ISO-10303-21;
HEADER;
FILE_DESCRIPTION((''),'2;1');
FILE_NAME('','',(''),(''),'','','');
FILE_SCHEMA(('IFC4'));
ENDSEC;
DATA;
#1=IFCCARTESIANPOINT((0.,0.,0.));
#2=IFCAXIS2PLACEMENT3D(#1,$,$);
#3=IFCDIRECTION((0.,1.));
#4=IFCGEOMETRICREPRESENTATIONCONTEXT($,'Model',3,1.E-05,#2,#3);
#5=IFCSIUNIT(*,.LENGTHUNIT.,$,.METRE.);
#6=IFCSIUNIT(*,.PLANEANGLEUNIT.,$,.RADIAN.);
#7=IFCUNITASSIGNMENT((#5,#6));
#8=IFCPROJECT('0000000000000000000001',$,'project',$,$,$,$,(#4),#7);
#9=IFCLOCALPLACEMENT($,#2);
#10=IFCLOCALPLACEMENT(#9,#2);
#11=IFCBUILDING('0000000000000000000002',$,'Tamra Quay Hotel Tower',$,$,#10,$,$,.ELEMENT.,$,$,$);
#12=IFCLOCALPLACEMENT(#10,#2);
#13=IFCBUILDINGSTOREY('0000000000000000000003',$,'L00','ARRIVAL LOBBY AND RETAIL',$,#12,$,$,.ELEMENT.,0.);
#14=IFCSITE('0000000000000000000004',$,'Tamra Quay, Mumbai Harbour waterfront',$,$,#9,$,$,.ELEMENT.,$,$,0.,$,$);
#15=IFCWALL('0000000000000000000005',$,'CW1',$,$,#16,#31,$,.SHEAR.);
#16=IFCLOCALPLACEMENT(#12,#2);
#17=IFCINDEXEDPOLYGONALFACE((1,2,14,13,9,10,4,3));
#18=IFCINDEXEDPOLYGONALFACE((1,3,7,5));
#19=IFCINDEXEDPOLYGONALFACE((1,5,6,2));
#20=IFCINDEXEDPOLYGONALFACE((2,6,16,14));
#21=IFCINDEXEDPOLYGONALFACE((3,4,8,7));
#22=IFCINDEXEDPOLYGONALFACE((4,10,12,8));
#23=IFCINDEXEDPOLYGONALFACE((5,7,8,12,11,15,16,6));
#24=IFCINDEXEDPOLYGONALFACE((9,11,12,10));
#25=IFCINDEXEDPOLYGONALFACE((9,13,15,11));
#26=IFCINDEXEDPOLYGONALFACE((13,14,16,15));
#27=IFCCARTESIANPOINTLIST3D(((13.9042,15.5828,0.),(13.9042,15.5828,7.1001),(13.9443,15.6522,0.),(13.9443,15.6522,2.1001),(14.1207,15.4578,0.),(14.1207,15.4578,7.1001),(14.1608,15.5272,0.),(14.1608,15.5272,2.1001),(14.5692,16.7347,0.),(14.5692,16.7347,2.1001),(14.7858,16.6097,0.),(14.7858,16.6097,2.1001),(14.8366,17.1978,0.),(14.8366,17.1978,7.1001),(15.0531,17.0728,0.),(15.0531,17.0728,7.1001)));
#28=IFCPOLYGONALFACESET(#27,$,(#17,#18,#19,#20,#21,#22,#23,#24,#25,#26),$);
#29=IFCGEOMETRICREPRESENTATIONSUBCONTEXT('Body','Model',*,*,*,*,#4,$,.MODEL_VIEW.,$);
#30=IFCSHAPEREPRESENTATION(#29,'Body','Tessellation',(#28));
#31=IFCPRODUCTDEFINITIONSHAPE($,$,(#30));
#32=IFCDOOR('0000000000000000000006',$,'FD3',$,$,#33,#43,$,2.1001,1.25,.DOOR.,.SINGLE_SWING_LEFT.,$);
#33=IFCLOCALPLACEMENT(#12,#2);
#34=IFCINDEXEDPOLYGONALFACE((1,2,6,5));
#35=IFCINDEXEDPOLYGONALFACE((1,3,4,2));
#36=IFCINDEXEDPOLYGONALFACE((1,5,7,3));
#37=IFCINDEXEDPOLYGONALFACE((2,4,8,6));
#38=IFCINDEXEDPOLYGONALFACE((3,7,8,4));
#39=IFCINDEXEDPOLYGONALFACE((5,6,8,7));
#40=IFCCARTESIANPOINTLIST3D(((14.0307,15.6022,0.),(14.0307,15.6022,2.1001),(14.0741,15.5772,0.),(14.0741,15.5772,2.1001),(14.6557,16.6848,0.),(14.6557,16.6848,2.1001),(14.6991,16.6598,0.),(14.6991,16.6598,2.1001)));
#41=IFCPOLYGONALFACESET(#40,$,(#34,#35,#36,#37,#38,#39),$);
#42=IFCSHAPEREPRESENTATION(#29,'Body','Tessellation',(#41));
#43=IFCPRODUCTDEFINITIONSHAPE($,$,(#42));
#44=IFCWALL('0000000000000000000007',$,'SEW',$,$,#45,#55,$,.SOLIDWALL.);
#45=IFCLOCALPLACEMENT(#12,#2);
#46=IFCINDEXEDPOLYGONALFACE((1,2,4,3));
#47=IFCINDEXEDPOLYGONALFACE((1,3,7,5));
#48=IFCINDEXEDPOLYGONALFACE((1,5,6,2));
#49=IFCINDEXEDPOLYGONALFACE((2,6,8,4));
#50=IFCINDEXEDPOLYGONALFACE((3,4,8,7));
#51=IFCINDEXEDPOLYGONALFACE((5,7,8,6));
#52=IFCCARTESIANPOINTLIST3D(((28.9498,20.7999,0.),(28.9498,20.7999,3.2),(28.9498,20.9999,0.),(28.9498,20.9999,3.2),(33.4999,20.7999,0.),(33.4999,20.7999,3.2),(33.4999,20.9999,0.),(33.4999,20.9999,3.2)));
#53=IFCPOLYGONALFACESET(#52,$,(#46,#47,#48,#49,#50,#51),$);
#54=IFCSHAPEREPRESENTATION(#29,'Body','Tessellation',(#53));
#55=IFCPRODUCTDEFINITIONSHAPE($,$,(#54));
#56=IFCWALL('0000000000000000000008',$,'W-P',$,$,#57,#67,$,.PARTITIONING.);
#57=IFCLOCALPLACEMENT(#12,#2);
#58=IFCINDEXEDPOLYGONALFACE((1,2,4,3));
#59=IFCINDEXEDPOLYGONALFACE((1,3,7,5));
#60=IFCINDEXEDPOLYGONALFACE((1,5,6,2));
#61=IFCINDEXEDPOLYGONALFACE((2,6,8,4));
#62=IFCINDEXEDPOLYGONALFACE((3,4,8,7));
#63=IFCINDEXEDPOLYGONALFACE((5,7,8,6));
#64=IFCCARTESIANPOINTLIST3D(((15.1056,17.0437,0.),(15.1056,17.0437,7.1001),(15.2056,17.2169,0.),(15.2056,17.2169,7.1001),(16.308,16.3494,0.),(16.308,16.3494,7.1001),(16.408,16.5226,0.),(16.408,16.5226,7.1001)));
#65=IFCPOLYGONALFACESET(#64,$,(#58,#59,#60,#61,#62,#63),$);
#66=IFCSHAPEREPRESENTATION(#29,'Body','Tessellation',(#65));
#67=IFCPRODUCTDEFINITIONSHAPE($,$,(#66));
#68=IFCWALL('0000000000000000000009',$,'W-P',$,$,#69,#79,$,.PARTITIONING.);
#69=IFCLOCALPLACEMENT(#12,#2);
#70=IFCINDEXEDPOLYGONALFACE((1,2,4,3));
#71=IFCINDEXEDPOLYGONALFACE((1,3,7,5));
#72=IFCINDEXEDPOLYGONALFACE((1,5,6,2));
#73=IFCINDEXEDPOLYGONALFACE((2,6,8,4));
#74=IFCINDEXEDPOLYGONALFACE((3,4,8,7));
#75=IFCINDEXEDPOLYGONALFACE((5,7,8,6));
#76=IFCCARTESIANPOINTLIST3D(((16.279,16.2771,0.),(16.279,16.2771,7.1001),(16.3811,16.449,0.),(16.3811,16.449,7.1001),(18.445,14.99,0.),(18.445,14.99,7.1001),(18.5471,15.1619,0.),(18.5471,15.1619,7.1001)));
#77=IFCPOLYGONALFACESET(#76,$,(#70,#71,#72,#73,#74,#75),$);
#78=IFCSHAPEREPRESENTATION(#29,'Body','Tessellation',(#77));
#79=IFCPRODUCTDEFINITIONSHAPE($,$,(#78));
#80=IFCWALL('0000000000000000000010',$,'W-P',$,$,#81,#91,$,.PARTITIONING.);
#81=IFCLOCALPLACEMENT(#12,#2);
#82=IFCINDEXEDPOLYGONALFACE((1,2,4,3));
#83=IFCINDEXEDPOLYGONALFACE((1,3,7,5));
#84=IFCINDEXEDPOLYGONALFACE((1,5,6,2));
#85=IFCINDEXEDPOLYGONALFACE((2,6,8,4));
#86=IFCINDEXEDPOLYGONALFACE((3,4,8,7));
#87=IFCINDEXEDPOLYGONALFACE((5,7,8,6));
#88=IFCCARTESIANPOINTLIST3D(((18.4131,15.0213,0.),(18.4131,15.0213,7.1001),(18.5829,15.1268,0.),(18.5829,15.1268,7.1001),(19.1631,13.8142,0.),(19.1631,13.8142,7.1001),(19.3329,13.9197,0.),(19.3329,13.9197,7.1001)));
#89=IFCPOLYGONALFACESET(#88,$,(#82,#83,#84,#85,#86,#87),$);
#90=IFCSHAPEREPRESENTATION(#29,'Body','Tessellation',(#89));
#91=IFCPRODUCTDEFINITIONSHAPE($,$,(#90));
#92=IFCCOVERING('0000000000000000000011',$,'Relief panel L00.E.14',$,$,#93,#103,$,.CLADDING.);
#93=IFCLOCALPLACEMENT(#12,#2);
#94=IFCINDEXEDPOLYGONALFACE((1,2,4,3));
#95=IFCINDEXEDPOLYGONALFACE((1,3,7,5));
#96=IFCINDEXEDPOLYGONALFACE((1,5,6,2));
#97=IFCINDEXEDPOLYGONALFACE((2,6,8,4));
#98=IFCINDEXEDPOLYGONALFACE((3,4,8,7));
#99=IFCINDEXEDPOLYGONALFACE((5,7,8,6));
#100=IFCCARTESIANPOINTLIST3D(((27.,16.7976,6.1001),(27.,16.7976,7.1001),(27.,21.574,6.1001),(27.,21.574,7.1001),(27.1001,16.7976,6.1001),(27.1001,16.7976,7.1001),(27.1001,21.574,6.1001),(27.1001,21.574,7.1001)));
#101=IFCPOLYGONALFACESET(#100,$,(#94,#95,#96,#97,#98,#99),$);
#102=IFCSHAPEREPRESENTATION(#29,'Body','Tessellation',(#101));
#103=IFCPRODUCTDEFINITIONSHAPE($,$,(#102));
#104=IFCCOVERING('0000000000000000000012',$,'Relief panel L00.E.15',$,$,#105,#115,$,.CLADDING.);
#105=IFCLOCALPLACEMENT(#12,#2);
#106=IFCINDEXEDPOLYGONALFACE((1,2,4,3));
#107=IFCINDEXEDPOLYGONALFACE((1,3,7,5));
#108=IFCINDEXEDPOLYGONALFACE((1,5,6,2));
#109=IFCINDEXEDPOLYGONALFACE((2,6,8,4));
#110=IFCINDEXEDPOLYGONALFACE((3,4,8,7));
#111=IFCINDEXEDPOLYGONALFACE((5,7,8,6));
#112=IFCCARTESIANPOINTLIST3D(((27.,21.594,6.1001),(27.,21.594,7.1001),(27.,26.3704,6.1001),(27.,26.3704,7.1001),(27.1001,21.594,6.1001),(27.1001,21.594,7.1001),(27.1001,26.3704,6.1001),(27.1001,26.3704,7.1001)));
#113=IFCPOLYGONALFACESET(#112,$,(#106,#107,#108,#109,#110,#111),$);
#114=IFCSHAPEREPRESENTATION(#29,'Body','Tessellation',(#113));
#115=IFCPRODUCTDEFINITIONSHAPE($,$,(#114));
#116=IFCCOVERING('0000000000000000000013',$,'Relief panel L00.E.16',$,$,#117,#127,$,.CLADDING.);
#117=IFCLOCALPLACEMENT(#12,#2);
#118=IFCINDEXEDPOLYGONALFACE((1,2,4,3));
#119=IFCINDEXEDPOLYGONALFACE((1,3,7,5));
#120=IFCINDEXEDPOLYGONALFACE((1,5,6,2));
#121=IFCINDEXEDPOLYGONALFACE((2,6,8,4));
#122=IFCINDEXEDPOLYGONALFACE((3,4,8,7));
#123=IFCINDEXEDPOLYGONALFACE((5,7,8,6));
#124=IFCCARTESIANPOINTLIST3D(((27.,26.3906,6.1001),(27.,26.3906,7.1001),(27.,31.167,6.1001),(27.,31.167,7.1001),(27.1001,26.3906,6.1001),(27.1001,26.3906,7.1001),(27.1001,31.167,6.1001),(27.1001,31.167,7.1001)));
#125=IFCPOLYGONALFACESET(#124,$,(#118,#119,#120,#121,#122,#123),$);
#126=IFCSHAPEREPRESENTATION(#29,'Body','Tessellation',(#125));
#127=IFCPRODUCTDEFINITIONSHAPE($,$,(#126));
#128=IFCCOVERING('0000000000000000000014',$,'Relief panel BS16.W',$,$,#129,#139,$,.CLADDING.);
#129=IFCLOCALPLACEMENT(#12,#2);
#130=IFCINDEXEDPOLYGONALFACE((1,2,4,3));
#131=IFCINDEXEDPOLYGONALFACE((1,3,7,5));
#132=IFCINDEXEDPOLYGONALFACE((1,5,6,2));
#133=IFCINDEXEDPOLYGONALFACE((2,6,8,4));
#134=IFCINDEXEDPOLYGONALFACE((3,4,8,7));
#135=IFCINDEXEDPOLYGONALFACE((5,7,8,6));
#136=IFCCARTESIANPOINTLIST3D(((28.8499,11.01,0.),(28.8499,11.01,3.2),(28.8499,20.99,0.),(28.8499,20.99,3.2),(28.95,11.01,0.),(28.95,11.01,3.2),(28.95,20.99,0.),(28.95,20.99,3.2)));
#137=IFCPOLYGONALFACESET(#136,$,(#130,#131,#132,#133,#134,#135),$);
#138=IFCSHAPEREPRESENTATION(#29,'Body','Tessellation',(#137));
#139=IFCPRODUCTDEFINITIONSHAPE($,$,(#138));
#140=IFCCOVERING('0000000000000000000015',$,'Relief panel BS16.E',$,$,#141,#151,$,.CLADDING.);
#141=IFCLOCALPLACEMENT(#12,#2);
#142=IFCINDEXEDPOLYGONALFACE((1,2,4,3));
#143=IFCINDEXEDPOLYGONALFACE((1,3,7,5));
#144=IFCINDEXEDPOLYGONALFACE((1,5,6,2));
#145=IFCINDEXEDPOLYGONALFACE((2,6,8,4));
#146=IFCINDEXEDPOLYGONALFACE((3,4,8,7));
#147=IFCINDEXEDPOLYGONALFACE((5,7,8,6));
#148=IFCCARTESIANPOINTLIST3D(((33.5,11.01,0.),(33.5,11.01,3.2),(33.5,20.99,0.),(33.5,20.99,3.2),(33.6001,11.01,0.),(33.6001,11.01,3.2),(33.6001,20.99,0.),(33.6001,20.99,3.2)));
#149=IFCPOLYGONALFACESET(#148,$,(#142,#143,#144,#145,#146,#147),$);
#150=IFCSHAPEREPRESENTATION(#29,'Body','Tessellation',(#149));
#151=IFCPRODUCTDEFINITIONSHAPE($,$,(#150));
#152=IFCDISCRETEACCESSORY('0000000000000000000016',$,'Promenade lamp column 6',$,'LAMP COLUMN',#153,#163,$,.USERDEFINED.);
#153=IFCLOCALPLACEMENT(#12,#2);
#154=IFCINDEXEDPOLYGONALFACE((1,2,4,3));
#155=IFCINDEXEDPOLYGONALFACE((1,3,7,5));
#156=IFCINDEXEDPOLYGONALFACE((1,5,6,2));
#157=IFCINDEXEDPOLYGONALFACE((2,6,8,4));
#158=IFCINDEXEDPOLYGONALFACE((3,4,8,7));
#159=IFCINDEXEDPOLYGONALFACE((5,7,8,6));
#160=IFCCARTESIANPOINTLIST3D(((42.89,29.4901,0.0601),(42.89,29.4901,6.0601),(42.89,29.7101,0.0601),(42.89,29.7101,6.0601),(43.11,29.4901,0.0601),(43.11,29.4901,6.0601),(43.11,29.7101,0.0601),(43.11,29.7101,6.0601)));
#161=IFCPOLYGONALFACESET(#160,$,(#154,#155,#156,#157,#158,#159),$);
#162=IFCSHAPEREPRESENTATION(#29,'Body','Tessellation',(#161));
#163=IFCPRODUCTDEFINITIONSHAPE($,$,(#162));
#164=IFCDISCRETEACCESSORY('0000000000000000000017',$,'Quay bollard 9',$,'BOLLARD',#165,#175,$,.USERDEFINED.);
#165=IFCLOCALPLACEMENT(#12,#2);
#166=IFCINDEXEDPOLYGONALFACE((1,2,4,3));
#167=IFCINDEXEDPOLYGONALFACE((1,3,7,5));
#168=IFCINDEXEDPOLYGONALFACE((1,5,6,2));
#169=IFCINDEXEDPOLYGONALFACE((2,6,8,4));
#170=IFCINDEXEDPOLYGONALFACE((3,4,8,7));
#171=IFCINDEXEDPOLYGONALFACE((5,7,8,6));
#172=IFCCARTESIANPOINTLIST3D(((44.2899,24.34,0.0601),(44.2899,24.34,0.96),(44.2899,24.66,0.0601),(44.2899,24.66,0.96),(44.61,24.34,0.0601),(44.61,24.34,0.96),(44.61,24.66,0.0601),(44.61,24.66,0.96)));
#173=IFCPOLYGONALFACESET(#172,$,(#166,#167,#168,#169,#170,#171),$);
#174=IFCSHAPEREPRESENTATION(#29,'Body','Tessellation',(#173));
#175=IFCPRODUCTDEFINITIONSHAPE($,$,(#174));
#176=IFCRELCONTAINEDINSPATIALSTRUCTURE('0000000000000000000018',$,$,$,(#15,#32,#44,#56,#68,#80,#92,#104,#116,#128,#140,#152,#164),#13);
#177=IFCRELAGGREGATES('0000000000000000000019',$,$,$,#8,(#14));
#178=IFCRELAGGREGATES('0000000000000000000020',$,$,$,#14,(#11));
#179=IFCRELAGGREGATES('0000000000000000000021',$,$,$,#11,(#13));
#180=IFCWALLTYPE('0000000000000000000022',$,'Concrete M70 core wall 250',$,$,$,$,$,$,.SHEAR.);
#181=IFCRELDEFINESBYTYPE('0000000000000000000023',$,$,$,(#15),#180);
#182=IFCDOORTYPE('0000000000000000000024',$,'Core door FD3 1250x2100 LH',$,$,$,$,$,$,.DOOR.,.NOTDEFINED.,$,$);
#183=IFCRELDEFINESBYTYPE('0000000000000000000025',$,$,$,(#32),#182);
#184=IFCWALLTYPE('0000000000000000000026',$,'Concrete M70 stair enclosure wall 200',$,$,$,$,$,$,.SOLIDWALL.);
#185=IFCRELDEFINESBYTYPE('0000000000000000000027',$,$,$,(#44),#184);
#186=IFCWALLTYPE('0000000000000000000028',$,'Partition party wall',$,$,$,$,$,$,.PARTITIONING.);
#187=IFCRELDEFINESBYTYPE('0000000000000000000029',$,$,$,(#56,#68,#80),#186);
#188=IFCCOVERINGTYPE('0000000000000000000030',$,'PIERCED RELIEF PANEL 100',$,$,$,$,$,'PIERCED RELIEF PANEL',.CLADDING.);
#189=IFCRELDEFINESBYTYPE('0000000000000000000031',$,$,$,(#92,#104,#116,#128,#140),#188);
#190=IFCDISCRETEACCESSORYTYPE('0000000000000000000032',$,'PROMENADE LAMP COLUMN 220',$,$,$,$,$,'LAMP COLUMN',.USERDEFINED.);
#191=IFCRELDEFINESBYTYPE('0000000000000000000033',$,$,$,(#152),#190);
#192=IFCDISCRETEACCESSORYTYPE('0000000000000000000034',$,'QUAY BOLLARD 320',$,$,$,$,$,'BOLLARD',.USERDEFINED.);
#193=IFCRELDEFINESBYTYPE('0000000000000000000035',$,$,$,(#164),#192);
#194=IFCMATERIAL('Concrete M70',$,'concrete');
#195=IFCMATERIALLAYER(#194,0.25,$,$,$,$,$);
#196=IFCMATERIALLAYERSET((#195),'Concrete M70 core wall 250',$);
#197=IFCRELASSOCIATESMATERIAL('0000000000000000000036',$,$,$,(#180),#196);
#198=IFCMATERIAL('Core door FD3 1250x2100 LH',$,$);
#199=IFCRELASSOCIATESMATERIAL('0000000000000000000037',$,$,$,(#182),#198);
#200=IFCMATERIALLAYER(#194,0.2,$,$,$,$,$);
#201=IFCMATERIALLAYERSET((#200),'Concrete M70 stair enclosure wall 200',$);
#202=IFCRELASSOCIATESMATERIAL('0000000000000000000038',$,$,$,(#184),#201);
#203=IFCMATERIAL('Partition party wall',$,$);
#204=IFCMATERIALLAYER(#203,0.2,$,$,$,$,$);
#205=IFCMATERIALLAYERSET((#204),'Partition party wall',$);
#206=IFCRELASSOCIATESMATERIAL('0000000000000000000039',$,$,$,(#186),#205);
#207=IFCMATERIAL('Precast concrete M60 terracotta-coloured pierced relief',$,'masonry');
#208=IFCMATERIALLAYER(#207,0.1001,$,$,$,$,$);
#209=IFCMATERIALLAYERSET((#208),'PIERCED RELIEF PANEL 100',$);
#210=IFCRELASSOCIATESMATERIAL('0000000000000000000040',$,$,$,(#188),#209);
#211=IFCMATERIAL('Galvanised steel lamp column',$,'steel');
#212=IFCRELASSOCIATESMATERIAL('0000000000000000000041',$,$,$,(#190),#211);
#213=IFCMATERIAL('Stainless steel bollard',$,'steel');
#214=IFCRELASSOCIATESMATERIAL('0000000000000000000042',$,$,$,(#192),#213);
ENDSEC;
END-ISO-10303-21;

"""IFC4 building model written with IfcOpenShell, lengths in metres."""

from ifc_helpers import new_model, si_unit, direction, frame, frame_2d, origin, origin_2d, place, context, subcontext, project, spatial, rectangle, extrude, material, layer, layer_set, type_object, element, fill, save


model = new_model("IFC4")

# Units and contexts
model_context = context("Model", 3, precision=1e-05, world=origin(), true_north=direction((0.0, 1.0)))
body_context = subcontext(model_context, "Body", "Model", "MODEL_VIEW")
ifc_project = project(units=[si_unit("LENGTHUNIT", "METRE"), si_unit("PLANEANGLEUNIT", "RADIAN")], contexts=[model_context])

# Site, building, storey
site_placement = place(None, origin())
site = spatial("IfcSite", under=ifc_project, at=site_placement, Name="Tamra Quay, Mumbai Harbour waterfront", CompositionType="ELEMENT", RefElevation=0.0)
building_placement = place(site_placement, origin())
building = spatial("IfcBuilding", under=site, at=building_placement, Name="Tamra Quay Hotel Tower", CompositionType="ELEMENT")
storey_placement = place(building_placement, origin())
storey = spatial("IfcBuildingStorey", under=building, at=storey_placement, Name="L00", Description="ARRIVAL LOBBY AND RETAIL", CompositionType="ELEMENT", Elevation=0.0)

# Shared definitions
ifc_material_1 = material(Name="Concrete M70", Category="concrete")

# Wall, opening, door
ifc_layer_1 = layer(ifc_material_1, 0.25)
ifc_layer_set_1 = layer_set([ifc_layer_1], Name="Concrete M70 core wall 250")
wall_type_1 = type_object("IfcWallType", Name="Concrete M70 core wall 250", PredefinedType="SHEAR", material=ifc_layer_set_1)
wall_1_placement = place(storey_placement, frame((14.9448, 17.1353, 0.0), z_axis=(0.0, 0.0, 1.0), x_axis=(-0.499983, -0.866035, 0.0)))
wall_1 = element("IfcWall", 1, at=wall_1_placement, inside=storey, type_object=wall_type_1, Name="CW1", PredefinedType="SHEAR", context=body_context, shape_type="SweptSolid", body=[
    extrude(rectangle(XDim=1.8647, YDim=0.25, at=frame_2d((0.9324, 0.0))), origin(), (0.0, 0.0, 1.0), 7.1001),
])
opening_placement = place(wall_1_placement, frame((0.5347, 0.0, 0.0)))
opening = element("IfcOpeningElement", 2, at=opening_placement, cuts=wall_1, PredefinedType="OPENING", context=body_context, shape_type="SweptSolid", body=[
    extrude(rectangle(XDim=1.25, YDim=2.1001, at=frame_2d((0.625, 1.05))), frame((0.0, 0.135, 0.0), z_axis=(0.0, -1.0, 0.0), x_axis=(1.0, 0.0, 0.0)), (0.0, 0.0, 1.0), 0.27),
])
ifc_material_2 = material(Name="Core door FD3 1250x2100 LH")
door_type = type_object("IfcDoorType", Name="Core door FD3 1250x2100 LH", OperationType="NOTDEFINED", PredefinedType="DOOR", material=ifc_material_2)
door_placement = place(opening_placement, origin())
door = element("IfcDoor", 3, at=door_placement, inside=storey, type_object=door_type, Name="FD3", OperationType="SINGLE_SWING_LEFT", OverallHeight=2.1001, OverallWidth=1.25, PredefinedType="DOOR", context=body_context, shape_type="SweptSolid", body=[
    extrude(rectangle(XDim=1.25, YDim=2.1001, at=frame_2d((0.625, 1.05))), frame((0.0, 0.0249, 0.0), z_axis=(0.0, -1.0, 0.0), x_axis=(1.0, 0.0, 0.0)), (0.0, 0.0, 1.0), 0.05),
])
fill(opening, door)

# Walls
ifc_layer_2 = layer(ifc_material_1, 0.2)
ifc_layer_set_2 = layer_set([ifc_layer_2], Name="Concrete M70 stair enclosure wall 200")
wall_type_2 = type_object("IfcWallType", Name="Concrete M70 stair enclosure wall 200", PredefinedType="SOLIDWALL", material=ifc_layer_set_2)
wall_2_placement = place(storey_placement, frame((28.95, 20.8999, 0.0), z_axis=(0.0, 0.0, 1.0), x_axis=(1.0, 0.0, 0.0)))
element("IfcWall", 4, at=wall_2_placement, inside=storey, type_object=wall_type_2, Name="SEW", PredefinedType="SOLIDWALL", context=body_context, shape_type="SweptSolid", body=[
    extrude(rectangle(XDim=4.55, YDim=0.2, at=frame_2d((2.2749, 0.0))), origin(), (0.0, 0.0, 1.0), 3.2),
])
ifc_material_3 = material(Name="Partition party wall")
ifc_layer_3 = layer(ifc_material_3, 0.2)
ifc_layer_set_3 = layer_set([ifc_layer_3], Name="Partition party wall")
wall_type_3 = type_object("IfcWallType", Name="Partition party wall", PredefinedType="PARTITIONING", material=ifc_layer_set_3)
wall_3_placement = place(storey_placement, frame((15.1555, 17.1304, 0.0), z_axis=(0.0, 0.0, 1.0), x_axis=(0.865984, -0.500073, 0.0)))
element("IfcWall", 5, at=wall_3_placement, inside=storey, type_object=wall_type_3, Name="W-P", PredefinedType="PARTITIONING", context=body_context, shape_type="SweptSolid", body=[
    extrude(rectangle(XDim=1.3884, YDim=0.2, at=frame_2d((0.6943, 0.0))), origin(), (0.0, 0.0, 1.0), 7.1001),
])
wall_4_placement = place(storey_placement, frame((16.3301, 16.363, 0.0), z_axis=(0.0, 0.0, 1.0), x_axis=(0.859674, -0.510843, 0.0)))
element("IfcWall", 6, at=wall_4_placement, inside=storey, type_object=wall_type_3, Name="W-P", PredefinedType="PARTITIONING", context=body_context, shape_type="SweptSolid", body=[
    extrude(rectangle(XDim=2.5195, YDim=0.2, at=frame_2d((1.2598, 0.0))), origin(), (0.0, 0.0, 1.0), 7.1001),
])
wall_5_placement = place(storey_placement, frame((18.498, 15.074, 0.0), z_axis=(0.0, 0.0, 1.0), x_axis=(0.527773, -0.849385, 0.0)))
element("IfcWall", 7, at=wall_5_placement, inside=storey, type_object=wall_type_3, Name="W-P", PredefinedType="PARTITIONING", context=body_context, shape_type="SweptSolid", body=[
    extrude(rectangle(XDim=1.4211, YDim=0.2, at=frame_2d((0.7104, 0.0))), origin(), (0.0, 0.0, 1.0), 7.1001),
])

# Coverings
ifc_material_4 = material(Name="Precast concrete M60 terracotta-coloured pierced relief", Category="masonry")
ifc_layer_4 = layer(ifc_material_4, 0.1001)
ifc_layer_set_4 = layer_set([ifc_layer_4], Name="PIERCED RELIEF PANEL 100")
covering_type = type_object("IfcCoveringType", Name="PIERCED RELIEF PANEL 100", ElementType="PIERCED RELIEF PANEL", PredefinedType="CLADDING", material=ifc_layer_set_4)
for number, where, z_axis, x_axis, name in (
    (8, (27.05, 19.1858, 6.1001), (0.0, 0.0, 1.0), (0.0, 1.0, 0.0), "Relief panel L00.E.14"),
    (9, (27.05, 23.9822, 6.1001), (0.0, 0.0, 1.0), (0.0, 1.0, 0.0), "Relief panel L00.E.15"),
    (10, (27.05, 28.7788, 6.1001), (0.0, 0.0, 1.0), (0.0, 1.0, 0.0), "Relief panel L00.E.16"),
):
    element("IfcCovering", number, at=place(storey_placement, frame(where, z_axis=z_axis, x_axis=x_axis)), inside=storey, type_object=covering_type, Name=name, PredefinedType="CLADDING", context=body_context, shape_type="SweptSolid", body=[
        extrude(rectangle(XDim=4.7764, YDim=0.1001, at=origin_2d()), origin(), (0.0, 0.0, 1.0), 1.0),
    ])
for number, where, z_axis, x_axis, name in (
    (11, (28.8999, 16.0, 0.0), (0.0, 0.0, 1.0), (0.0, -1.0, 0.0), "Relief panel BS16.W"),
    (12, (33.55, 16.0, 0.0), (0.0, 0.0, 1.0), (0.0, 1.0, 0.0), "Relief panel BS16.E"),
):
    element("IfcCovering", number, at=place(storey_placement, frame(where, z_axis=z_axis, x_axis=x_axis)), inside=storey, type_object=covering_type, Name=name, PredefinedType="CLADDING", context=body_context, shape_type="SweptSolid", body=[
        extrude(rectangle(XDim=9.98, YDim=0.1001, at=origin_2d()), origin(), (0.0, 0.0, 1.0), 3.2),
    ])

# Discrete accessories
ifc_material_5 = material(Name="Galvanised steel lamp column", Category="steel")
discrete_accessory_type_1 = type_object("IfcDiscreteAccessoryType", Name="PROMENADE LAMP COLUMN 220", ElementType="LAMP COLUMN", PredefinedType="USERDEFINED", material=ifc_material_5)
discrete_accessory_1_placement = place(storey_placement, frame((43.0, 29.6001, 0.0601), z_axis=(0.0, 0.0, 1.0), x_axis=(1.0, 0.0, 0.0)))
element("IfcDiscreteAccessory", 13, at=discrete_accessory_1_placement, inside=storey, type_object=discrete_accessory_type_1, Name="Promenade lamp column 6", ObjectType="LAMP COLUMN", PredefinedType="USERDEFINED", context=body_context, shape_type="SweptSolid", body=[
    extrude(rectangle(XDim=0.22, YDim=0.22, at=origin_2d()), origin(), (0.0, 0.0, 1.0), 6.0),
])
ifc_material_6 = material(Name="Stainless steel bollard", Category="steel")
discrete_accessory_type_2 = type_object("IfcDiscreteAccessoryType", Name="QUAY BOLLARD 320", ElementType="BOLLARD", PredefinedType="USERDEFINED", material=ifc_material_6)
discrete_accessory_2_placement = place(storey_placement, frame((44.45, 24.5, 0.0601), z_axis=(0.0, 0.0, 1.0), x_axis=(1.0, 0.0, 0.0)))
element("IfcDiscreteAccessory", 14, at=discrete_accessory_2_placement, inside=storey, type_object=discrete_accessory_type_2, Name="Quay bollard 9", ObjectType="BOLLARD", PredefinedType="USERDEFINED", context=body_context, shape_type="SweptSolid", body=[
    extrude(rectangle(XDim=0.3201, YDim=0.3201, at=origin_2d()), origin(), (0.0, 0.0, 1.0), 0.8999),
])

save(model, "model.ifc")
